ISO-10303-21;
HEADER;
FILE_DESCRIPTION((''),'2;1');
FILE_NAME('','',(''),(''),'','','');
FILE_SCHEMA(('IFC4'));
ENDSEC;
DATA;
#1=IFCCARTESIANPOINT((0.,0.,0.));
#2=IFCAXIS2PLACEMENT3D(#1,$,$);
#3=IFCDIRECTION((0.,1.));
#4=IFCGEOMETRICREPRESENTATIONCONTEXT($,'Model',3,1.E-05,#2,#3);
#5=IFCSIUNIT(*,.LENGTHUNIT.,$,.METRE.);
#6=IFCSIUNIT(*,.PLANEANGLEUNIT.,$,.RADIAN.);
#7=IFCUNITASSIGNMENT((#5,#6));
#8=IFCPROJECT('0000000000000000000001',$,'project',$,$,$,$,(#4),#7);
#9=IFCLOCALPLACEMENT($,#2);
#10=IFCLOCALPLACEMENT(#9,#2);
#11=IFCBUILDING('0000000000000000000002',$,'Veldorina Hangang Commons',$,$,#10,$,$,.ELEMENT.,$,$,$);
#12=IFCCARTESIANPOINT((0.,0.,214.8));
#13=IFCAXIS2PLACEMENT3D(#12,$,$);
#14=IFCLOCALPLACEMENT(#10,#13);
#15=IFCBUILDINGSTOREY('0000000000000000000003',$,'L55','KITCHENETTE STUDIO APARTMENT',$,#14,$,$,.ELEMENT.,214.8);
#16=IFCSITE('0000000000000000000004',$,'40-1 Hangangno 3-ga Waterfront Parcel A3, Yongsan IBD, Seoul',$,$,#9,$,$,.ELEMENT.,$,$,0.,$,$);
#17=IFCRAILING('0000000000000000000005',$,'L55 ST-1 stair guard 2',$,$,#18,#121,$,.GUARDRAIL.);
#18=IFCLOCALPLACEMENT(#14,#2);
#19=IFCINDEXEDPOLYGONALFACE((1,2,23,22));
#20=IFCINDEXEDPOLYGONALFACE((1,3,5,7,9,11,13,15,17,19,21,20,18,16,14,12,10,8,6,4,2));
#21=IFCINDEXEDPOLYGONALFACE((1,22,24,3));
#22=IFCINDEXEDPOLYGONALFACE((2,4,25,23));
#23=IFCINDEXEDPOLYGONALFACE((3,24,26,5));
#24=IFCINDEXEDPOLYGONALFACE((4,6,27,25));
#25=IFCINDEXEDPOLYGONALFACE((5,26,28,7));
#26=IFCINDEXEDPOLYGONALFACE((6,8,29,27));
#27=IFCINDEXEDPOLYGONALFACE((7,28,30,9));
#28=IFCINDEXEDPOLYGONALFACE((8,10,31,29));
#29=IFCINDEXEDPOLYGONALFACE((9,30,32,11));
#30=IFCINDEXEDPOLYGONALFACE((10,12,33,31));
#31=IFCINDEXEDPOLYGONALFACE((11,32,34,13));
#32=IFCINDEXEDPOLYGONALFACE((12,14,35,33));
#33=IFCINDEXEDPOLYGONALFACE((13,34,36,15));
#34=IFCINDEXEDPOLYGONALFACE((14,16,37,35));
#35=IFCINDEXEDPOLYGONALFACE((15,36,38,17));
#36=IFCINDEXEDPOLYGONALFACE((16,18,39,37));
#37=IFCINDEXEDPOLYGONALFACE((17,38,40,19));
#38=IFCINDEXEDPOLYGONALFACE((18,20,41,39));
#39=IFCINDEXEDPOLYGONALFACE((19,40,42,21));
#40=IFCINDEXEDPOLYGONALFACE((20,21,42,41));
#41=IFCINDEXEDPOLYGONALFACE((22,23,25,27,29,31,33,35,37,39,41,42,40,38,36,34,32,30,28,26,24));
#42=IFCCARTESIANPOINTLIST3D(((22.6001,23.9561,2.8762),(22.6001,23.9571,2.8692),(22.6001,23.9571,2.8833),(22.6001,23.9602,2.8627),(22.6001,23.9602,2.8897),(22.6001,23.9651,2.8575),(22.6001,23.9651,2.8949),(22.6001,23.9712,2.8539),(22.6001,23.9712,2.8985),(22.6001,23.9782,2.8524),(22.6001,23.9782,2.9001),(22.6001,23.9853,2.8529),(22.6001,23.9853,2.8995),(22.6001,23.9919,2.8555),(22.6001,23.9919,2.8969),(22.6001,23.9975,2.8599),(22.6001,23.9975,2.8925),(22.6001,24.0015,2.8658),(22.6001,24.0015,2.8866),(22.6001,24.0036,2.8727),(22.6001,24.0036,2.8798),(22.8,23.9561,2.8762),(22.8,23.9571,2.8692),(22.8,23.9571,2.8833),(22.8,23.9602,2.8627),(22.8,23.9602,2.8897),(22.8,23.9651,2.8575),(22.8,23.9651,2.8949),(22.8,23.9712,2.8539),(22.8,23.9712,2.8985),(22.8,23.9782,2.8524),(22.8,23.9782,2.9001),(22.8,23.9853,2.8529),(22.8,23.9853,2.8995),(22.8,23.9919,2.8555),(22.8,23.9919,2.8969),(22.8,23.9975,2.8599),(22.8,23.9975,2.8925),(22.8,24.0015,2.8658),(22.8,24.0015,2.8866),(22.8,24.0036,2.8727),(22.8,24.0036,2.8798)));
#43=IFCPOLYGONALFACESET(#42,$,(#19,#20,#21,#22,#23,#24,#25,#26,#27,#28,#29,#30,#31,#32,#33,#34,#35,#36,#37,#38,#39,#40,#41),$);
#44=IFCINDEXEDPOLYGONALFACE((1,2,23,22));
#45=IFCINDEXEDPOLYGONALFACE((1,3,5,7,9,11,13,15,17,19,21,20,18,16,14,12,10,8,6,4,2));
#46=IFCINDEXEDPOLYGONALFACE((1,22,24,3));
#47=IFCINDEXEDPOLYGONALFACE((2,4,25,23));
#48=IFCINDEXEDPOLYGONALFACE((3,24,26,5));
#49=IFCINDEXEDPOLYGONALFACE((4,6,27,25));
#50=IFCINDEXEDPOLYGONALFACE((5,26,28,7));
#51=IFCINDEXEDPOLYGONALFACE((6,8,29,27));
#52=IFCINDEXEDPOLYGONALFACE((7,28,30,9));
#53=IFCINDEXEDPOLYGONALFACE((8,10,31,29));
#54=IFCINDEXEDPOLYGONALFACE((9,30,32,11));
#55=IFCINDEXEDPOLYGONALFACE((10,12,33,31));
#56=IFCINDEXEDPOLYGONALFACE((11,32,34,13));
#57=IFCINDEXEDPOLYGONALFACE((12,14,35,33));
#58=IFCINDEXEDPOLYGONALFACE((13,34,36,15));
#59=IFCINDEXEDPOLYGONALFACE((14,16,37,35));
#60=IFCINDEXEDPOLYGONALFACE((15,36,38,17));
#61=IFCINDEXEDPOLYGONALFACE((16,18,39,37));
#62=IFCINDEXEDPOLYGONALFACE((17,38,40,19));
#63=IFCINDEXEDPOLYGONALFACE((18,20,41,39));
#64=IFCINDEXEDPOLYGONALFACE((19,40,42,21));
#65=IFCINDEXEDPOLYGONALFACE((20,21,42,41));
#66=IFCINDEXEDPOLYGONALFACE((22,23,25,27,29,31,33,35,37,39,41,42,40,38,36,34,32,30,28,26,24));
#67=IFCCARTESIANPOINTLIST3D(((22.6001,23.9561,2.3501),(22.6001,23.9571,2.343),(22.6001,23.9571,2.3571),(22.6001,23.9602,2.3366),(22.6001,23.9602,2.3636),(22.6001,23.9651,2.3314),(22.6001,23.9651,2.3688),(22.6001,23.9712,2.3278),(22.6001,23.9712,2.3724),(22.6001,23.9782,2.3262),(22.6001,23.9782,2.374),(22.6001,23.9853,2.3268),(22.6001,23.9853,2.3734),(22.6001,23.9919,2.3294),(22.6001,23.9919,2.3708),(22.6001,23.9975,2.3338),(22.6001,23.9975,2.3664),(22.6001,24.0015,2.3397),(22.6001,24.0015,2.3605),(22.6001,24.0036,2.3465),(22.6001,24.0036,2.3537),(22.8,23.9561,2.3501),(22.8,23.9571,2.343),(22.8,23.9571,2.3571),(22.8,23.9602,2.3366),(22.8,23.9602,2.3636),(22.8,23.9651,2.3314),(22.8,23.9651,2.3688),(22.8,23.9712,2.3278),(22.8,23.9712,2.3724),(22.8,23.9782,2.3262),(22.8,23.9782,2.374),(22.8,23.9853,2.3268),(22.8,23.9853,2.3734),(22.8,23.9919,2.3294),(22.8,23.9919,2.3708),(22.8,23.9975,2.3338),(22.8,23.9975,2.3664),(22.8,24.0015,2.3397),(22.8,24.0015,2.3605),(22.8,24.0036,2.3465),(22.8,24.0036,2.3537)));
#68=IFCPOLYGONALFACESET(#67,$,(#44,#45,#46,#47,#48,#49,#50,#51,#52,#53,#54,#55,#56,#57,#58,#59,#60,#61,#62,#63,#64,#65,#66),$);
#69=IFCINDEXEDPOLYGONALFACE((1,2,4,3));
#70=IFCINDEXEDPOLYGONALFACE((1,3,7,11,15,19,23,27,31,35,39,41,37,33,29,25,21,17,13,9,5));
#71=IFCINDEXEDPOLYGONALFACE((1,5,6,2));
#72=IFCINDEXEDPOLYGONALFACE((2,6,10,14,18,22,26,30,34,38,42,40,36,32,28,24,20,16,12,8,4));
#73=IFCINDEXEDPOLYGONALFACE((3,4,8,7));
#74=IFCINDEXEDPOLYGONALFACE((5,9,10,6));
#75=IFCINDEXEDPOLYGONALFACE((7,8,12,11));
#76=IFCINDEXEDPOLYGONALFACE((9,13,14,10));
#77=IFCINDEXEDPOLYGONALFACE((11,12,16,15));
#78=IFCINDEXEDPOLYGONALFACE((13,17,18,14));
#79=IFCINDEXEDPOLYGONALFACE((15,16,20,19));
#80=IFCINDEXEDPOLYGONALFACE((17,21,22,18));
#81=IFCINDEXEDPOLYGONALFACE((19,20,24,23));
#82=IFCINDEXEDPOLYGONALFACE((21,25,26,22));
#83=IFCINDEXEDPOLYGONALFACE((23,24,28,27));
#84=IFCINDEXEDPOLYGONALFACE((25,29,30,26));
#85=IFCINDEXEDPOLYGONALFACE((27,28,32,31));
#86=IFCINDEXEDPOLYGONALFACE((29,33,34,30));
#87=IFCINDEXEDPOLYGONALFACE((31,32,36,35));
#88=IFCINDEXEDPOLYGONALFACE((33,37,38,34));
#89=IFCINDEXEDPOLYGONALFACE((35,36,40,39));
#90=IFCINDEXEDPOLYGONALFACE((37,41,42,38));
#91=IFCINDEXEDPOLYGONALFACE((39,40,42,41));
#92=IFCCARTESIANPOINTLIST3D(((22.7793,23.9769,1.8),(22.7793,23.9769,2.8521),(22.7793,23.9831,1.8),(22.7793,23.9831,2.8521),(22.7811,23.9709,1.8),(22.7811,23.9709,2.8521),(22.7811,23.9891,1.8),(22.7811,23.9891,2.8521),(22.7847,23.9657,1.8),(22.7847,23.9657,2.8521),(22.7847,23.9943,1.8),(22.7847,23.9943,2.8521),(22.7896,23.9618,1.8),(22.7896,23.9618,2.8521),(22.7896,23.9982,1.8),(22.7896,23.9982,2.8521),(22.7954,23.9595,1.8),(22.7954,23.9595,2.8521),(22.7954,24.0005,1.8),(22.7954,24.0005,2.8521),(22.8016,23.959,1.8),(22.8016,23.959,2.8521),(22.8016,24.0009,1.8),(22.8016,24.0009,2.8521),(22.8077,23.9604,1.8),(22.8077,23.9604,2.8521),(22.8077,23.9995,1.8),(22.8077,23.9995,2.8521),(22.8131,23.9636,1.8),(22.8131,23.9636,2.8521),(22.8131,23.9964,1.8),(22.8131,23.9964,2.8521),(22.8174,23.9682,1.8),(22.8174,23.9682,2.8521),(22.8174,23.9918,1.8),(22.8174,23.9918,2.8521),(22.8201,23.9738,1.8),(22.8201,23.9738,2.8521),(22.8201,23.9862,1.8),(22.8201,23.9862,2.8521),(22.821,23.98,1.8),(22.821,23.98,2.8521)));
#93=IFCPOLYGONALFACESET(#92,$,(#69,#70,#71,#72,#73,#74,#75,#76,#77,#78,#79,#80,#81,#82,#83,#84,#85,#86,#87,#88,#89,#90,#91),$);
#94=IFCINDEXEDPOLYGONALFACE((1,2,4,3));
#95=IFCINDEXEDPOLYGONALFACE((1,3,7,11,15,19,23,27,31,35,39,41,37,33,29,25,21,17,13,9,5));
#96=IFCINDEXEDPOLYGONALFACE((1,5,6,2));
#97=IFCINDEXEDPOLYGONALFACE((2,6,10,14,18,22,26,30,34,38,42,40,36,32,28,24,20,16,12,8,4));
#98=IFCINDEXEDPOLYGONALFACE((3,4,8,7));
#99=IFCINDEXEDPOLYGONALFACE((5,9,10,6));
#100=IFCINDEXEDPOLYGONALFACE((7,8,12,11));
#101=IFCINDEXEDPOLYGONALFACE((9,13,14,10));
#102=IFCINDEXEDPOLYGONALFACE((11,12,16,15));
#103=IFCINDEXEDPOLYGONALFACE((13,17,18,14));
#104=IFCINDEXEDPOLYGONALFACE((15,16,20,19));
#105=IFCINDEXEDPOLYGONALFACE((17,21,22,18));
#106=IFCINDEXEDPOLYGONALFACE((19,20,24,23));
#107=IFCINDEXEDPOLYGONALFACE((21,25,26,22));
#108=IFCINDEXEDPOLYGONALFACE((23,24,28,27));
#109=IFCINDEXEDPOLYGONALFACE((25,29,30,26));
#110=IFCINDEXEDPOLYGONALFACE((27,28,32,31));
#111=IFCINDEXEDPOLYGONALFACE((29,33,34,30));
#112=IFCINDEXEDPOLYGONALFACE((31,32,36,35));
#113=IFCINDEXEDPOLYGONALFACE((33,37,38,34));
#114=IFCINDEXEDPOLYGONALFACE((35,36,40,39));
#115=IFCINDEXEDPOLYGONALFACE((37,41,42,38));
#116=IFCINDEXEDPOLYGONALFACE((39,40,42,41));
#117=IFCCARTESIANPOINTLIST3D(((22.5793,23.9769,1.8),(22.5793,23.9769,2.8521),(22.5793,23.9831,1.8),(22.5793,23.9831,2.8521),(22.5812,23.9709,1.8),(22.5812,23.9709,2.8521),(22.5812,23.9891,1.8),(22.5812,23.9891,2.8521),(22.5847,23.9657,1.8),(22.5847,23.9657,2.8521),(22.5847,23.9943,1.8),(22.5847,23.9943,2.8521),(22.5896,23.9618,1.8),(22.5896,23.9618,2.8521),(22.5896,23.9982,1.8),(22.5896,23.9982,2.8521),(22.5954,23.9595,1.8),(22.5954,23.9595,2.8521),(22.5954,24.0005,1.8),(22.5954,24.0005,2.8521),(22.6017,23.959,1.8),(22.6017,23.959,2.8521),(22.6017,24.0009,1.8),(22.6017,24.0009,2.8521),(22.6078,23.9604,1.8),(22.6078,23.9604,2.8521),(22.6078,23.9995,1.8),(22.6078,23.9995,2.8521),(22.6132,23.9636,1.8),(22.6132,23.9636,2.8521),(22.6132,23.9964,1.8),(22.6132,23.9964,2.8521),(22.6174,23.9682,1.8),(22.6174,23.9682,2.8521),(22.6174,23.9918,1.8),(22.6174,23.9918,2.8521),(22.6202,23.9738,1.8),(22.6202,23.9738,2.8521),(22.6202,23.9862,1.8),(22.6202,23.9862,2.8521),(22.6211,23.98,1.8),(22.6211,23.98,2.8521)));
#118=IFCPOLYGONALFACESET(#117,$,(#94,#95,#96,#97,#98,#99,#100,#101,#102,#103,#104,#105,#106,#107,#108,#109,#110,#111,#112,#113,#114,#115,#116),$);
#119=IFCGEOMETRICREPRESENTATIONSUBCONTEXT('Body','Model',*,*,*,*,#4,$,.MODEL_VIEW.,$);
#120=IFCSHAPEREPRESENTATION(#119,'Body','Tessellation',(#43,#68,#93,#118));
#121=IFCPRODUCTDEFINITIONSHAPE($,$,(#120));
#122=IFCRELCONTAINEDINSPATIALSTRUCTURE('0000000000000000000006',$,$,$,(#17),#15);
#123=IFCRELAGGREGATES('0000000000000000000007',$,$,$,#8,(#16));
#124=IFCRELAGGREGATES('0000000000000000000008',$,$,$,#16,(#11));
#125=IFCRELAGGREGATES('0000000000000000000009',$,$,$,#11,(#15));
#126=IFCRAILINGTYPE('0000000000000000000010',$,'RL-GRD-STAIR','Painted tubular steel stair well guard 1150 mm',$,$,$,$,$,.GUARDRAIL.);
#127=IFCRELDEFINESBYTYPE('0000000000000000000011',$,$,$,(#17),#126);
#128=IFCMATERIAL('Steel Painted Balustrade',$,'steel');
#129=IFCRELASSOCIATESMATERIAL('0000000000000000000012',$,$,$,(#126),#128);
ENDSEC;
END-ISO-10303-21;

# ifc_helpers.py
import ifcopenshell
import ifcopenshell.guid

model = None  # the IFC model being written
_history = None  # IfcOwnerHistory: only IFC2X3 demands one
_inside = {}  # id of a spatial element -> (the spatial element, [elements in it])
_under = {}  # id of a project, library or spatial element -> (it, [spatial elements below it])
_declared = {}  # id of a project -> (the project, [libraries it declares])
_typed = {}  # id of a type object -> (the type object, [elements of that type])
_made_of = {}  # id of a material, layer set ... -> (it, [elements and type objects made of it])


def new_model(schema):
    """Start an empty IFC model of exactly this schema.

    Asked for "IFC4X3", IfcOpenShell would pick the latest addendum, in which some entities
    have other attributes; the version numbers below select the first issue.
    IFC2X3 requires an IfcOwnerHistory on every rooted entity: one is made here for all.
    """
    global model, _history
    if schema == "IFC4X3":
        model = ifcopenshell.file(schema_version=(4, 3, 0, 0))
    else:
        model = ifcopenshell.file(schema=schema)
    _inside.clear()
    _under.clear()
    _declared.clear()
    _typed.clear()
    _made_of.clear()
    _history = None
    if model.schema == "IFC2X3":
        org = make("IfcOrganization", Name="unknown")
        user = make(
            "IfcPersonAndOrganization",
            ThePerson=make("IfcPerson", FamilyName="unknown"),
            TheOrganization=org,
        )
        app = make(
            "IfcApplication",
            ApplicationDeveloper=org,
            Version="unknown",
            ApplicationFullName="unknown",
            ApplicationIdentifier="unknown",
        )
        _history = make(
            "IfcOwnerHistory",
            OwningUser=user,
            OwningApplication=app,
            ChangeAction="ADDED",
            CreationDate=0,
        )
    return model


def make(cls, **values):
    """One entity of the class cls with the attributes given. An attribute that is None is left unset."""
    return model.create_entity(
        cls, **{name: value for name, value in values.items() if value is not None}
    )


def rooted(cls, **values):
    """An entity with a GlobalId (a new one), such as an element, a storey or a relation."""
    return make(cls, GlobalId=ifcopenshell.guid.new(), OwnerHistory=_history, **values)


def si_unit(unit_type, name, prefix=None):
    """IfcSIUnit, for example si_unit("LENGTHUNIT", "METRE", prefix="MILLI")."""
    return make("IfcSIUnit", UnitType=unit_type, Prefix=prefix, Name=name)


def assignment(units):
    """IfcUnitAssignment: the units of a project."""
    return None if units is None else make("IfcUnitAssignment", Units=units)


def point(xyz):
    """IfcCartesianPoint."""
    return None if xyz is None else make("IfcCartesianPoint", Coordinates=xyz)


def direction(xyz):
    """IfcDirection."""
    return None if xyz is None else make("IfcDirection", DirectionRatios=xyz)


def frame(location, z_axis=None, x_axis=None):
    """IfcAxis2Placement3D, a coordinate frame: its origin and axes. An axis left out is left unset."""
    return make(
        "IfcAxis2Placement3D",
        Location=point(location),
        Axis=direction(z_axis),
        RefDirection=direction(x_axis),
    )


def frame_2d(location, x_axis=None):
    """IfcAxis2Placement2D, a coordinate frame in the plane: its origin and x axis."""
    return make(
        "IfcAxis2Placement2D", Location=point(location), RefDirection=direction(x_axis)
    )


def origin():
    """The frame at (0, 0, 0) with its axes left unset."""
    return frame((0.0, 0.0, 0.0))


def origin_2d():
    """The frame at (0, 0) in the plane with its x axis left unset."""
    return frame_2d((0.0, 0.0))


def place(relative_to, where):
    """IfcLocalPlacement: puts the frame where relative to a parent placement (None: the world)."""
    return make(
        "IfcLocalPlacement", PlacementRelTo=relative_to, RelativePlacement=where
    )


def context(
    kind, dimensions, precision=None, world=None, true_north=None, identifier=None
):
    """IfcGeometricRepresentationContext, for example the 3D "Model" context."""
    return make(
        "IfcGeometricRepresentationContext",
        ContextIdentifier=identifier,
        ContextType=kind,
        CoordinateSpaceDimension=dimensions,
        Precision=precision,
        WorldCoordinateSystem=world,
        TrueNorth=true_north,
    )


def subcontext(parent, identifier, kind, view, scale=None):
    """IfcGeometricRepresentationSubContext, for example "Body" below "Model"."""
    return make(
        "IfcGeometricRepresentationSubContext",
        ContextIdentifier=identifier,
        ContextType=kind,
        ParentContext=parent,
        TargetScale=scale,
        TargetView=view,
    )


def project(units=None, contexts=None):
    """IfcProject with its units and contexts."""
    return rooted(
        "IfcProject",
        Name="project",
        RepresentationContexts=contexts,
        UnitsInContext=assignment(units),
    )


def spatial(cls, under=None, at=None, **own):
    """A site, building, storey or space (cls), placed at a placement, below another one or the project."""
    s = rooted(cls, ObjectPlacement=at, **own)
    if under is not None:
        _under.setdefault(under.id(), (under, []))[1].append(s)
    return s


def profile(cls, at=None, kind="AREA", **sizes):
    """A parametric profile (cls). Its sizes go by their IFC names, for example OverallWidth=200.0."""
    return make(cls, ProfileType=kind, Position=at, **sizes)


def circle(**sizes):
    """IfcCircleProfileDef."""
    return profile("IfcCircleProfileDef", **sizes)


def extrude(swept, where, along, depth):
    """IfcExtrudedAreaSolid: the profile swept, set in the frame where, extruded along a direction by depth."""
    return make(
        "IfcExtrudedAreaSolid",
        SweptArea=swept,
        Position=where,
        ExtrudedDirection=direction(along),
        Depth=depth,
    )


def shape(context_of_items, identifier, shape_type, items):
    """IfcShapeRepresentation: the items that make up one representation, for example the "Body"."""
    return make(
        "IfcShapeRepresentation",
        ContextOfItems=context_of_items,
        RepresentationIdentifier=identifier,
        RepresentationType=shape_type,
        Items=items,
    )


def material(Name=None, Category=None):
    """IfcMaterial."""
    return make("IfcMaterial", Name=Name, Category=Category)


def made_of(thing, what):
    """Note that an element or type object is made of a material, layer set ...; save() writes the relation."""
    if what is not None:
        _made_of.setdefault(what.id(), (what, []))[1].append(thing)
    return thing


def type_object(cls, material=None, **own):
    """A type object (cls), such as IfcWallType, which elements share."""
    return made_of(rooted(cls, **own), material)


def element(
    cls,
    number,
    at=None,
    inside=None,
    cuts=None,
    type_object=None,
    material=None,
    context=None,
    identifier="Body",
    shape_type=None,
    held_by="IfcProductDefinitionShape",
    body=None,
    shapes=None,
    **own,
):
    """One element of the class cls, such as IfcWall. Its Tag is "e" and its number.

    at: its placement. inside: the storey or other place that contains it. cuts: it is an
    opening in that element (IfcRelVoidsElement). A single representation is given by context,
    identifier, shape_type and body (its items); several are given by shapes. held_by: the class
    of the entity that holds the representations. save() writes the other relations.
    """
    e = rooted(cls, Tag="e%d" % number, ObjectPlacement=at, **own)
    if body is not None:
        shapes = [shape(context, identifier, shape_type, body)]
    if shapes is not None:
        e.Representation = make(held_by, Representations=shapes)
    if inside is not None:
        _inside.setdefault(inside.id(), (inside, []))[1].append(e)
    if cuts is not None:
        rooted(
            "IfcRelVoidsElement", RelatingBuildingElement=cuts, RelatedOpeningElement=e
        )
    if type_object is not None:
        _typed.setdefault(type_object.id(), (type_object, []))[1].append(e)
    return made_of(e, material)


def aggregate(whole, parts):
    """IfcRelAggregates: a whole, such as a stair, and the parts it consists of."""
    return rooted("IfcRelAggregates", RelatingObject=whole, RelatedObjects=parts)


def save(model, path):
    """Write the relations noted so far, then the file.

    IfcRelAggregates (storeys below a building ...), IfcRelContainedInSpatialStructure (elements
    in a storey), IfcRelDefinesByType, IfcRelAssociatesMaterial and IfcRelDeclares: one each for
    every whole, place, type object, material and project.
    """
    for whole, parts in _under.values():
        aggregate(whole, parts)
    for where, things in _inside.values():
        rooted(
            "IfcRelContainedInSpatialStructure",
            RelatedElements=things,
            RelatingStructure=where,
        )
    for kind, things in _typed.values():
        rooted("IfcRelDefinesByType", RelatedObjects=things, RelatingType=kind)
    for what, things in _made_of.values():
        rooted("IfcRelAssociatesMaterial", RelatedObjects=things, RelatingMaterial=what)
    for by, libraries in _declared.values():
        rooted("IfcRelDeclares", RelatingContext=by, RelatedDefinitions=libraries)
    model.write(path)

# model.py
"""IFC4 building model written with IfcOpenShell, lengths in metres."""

from ifc_helpers import new_model, si_unit, direction, frame, origin, origin_2d, place, context, subcontext, project, spatial, circle, extrude, material, type_object, element, save


model = new_model("IFC4")

# Units and contexts
model_context = context("Model", 3, precision=1e-05, world=origin(), true_north=direction((0.0, 1.0)))
body_context = subcontext(model_context, "Body", "Model", "MODEL_VIEW")
ifc_project = project(units=[si_unit("LENGTHUNIT", "METRE"), si_unit("PLANEANGLEUNIT", "RADIAN")], contexts=[model_context])

# Site, building, storey
site_placement = place(None, origin())
site = spatial("IfcSite", under=ifc_project, at=site_placement, Name="40-1 Hangangno 3-ga Waterfront Parcel A3, Yongsan IBD, Seoul", CompositionType="ELEMENT", RefElevation=0.0)
building_placement = place(site_placement, origin())
building = spatial("IfcBuilding", under=site, at=building_placement, Name="Veldorina Hangang Commons", CompositionType="ELEMENT")
storey_placement = place(building_placement, frame((0.0, 0.0, 214.8)))
storey = spatial("IfcBuildingStorey", under=building, at=storey_placement, Name="L55", Description="KITCHENETTE STUDIO APARTMENT", CompositionType="ELEMENT", Elevation=214.8)

# Railing
ifc_material_1 = material(Name="Steel Painted Balustrade", Category="steel")
railing_type_1 = type_object("IfcRailingType", Name="RL-GRD-STAIR", Description="Painted tubular steel stair well guard 1150 mm", PredefinedType="GUARDRAIL", material=ifc_material_1)
railing_1_placement = place(storey_placement, frame((22.8, 23.98, 1.8)))
element("IfcRailing", 1, at=railing_1_placement, inside=storey, type_object=railing_type_1, Name="L55 ST-1 stair guard 2", PredefinedType="GUARDRAIL", context=body_context, shape_type="SweptSolid", body=[
    extrude(circle(Radius=0.0239, at=origin_2d()), frame((0.0, 0.0, 1.0762), z_axis=(-1.0, 0.0, 0.0), x_axis=(0.0, -1.0, 0.0)), (0.0, 0.0, 1.0), 0.2),
    extrude(circle(Radius=0.0239, at=origin_2d()), frame((0.0, 0.0, 0.55), z_axis=(-1.0, 0.0, 0.0), x_axis=(0.0, -1.0, 0.0)), (0.0, 0.0, 1.0), 0.2),
    extrude(circle(Radius=0.021, at=origin_2d()), origin(), (0.0, 0.0, 1.0), 1.052),
    extrude(circle(Radius=0.021, at=origin_2d()), frame((-0.2, 0.0, 0.0)), (0.0, 0.0, 1.0), 1.052),
])

save(model, "model.ifc")
